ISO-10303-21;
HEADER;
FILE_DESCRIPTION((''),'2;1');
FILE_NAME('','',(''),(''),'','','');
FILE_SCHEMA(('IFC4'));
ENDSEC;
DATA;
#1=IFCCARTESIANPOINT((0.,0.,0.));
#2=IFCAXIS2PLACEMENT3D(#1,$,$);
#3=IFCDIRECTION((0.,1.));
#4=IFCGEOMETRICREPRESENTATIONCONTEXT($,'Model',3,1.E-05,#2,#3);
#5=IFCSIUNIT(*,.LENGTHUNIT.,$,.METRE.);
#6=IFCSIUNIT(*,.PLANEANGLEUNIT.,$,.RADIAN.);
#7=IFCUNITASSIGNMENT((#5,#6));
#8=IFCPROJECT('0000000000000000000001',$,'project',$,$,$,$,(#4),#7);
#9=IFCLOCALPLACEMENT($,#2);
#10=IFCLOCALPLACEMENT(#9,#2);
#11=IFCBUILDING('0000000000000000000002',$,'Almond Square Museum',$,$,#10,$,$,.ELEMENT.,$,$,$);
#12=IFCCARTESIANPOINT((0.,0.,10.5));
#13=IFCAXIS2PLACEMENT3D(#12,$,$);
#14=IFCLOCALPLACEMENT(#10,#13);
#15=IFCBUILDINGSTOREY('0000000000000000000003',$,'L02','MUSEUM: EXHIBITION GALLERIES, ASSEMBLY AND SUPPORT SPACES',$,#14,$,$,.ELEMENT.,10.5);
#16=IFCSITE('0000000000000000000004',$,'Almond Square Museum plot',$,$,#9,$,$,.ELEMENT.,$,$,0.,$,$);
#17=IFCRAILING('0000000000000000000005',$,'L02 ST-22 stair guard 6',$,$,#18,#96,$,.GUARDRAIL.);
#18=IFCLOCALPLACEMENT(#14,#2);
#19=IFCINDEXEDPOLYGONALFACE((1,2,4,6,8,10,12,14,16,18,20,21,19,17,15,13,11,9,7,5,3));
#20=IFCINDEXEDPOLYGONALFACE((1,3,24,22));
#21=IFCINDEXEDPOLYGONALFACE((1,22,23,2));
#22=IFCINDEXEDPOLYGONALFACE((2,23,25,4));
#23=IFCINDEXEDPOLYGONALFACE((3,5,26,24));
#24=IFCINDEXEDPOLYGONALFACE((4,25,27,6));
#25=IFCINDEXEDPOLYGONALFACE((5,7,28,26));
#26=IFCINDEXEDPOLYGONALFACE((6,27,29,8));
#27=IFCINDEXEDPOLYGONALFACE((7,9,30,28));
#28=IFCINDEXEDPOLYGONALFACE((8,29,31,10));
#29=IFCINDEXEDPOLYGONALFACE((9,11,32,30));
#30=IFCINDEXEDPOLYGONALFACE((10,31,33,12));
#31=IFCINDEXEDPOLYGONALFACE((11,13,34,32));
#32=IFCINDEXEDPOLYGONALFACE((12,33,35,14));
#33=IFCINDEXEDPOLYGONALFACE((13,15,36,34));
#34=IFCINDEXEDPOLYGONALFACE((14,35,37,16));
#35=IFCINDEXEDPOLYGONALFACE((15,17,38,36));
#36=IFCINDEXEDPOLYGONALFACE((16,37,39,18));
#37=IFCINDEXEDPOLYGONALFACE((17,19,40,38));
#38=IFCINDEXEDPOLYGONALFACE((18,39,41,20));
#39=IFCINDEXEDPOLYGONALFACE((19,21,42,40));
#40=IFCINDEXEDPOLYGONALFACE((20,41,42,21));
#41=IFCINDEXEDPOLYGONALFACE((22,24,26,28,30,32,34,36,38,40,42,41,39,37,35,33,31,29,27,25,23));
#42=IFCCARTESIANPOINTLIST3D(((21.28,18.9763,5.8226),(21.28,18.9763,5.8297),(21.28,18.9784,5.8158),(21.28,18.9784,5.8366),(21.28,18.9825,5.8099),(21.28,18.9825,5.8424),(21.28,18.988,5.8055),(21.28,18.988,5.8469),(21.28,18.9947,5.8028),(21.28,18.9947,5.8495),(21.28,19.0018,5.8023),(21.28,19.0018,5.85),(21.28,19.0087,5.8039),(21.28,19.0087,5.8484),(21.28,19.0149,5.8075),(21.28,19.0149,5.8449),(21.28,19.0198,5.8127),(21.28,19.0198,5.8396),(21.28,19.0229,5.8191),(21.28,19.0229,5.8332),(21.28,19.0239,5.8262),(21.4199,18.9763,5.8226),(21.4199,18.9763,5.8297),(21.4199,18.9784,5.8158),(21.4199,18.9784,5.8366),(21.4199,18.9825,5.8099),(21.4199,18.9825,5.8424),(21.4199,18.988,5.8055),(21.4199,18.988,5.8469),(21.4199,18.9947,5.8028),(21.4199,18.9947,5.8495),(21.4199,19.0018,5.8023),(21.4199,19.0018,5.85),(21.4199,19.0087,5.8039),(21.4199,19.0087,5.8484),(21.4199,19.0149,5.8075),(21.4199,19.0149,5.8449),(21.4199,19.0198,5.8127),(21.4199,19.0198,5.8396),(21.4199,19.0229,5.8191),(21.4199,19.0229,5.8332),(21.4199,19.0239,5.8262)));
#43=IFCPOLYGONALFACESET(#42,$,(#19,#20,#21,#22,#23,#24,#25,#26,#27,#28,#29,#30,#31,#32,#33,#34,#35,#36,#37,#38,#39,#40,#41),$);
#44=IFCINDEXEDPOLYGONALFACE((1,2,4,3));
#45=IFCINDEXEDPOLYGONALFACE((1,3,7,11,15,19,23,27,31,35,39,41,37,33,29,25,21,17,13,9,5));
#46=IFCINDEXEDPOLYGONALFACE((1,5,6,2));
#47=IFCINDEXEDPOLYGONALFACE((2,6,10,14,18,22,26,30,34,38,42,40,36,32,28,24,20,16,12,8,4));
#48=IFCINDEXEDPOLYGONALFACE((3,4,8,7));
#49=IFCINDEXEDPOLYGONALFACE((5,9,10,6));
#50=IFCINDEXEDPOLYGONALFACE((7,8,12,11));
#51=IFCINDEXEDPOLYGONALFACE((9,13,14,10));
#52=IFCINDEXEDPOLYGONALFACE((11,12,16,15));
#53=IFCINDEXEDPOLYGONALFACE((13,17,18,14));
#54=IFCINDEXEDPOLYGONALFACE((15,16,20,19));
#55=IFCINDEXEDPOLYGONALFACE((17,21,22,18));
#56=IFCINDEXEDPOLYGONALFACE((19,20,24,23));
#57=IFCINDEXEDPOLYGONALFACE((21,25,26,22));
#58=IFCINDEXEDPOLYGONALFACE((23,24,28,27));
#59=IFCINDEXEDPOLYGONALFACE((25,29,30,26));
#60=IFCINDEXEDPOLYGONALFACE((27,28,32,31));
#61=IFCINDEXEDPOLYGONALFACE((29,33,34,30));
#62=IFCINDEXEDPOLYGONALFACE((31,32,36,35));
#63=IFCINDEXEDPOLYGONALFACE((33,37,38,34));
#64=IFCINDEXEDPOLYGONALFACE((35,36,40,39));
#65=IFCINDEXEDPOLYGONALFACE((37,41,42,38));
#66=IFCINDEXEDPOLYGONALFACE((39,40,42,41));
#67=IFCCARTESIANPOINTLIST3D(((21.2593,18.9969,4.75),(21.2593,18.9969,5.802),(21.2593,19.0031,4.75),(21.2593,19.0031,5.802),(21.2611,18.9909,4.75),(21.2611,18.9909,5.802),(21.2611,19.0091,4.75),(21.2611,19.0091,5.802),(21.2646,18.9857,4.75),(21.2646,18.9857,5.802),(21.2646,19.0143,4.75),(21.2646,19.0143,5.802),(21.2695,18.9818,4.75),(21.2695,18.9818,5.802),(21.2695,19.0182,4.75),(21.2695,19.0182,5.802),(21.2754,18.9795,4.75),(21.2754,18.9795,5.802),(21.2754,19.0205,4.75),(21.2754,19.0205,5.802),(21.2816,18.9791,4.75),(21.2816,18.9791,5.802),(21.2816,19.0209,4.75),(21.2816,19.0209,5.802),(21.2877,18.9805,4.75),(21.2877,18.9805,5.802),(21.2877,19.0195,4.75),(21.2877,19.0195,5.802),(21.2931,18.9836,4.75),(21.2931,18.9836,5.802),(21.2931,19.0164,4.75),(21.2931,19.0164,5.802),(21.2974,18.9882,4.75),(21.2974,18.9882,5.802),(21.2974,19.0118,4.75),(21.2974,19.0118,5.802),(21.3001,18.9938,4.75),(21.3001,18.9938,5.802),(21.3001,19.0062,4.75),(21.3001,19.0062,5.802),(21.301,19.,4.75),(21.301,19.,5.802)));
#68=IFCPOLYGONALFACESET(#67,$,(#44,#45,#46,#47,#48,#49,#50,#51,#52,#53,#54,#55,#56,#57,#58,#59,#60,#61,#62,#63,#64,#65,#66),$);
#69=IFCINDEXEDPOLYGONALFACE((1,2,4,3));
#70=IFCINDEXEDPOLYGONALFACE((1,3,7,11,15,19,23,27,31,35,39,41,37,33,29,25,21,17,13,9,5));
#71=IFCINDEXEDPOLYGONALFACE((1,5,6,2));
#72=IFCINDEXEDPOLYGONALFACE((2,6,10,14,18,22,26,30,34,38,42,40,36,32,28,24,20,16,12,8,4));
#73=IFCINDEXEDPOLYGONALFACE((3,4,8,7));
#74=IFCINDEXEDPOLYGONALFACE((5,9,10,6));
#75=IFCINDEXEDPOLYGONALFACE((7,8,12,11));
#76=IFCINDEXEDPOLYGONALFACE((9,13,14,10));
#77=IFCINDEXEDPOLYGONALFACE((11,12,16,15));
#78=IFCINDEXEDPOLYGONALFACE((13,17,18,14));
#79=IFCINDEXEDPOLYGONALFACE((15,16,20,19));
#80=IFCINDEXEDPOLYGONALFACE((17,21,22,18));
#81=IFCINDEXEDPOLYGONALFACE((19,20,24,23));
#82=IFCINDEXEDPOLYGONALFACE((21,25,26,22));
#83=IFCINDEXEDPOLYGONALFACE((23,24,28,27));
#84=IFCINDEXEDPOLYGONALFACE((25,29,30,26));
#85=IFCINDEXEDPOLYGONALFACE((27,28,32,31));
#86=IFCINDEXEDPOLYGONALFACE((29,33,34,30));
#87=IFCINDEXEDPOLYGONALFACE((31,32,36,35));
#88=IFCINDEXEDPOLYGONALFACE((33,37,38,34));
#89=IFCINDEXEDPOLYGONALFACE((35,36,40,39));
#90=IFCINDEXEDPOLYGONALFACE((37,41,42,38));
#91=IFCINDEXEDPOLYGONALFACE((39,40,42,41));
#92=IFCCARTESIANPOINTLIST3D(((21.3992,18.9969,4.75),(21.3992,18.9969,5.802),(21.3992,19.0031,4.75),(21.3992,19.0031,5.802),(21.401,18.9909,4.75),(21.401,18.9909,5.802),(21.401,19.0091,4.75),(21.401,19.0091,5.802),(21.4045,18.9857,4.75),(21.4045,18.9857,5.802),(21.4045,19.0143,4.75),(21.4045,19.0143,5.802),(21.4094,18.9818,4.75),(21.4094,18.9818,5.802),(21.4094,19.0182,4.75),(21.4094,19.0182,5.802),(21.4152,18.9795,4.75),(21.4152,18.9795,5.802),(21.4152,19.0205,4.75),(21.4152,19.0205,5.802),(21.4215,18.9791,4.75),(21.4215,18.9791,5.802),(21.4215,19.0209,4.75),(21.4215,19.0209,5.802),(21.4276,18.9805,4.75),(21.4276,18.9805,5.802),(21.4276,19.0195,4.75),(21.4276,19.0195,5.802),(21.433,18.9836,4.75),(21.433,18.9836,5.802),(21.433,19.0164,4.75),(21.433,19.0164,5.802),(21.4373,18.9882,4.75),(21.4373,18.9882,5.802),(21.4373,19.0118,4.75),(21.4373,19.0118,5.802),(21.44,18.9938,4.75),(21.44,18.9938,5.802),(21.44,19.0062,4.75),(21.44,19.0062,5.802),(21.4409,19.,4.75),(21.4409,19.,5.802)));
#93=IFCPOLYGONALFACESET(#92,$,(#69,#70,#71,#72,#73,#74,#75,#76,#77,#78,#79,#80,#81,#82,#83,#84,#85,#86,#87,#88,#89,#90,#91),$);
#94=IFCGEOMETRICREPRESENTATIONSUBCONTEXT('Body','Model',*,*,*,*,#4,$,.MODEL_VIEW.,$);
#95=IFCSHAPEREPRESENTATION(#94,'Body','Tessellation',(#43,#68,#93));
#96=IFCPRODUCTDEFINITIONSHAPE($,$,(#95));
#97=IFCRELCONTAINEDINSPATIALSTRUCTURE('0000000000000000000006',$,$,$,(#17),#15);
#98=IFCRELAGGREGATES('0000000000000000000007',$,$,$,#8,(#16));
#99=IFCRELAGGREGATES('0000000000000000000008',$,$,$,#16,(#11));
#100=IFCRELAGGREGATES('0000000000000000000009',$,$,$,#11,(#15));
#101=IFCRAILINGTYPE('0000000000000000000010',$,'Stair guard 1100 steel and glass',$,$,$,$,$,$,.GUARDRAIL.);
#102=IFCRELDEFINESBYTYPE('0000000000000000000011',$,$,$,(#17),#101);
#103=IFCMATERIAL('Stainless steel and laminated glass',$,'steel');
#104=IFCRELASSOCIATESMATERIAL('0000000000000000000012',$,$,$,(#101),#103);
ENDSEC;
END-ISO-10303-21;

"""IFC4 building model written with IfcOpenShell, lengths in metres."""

from ifc_helpers import new_model, si_unit, direction, frame, origin, origin_2d, place, context, subcontext, project, spatial, circle, extrude, material, type_object, element, save


model = new_model("IFC4")

# Units and contexts
model_context = context("Model", 3, precision=1e-05, world=origin(), true_north=direction((0.0, 1.0)))
body_context = subcontext(model_context, "Body", "Model", "MODEL_VIEW")
ifc_project = project(units=[si_unit("LENGTHUNIT", "METRE"), si_unit("PLANEANGLEUNIT", "RADIAN")], contexts=[model_context])

# Site, building, storey
site_placement = place(None, origin())
site = spatial("IfcSite", under=ifc_project, at=site_placement, Name="Almond Square Museum plot", CompositionType="ELEMENT", RefElevation=0.0)
building_placement = place(site_placement, origin())
building = spatial("IfcBuilding", under=site, at=building_placement, Name="Almond Square Museum", CompositionType="ELEMENT")
storey_placement = place(building_placement, frame((0.0, 0.0, 10.5)))
storey = spatial("IfcBuildingStorey", under=building, at=storey_placement, Name="L02", Description="MUSEUM: EXHIBITION GALLERIES, ASSEMBLY AND SUPPORT SPACES", CompositionType="ELEMENT", Elevation=10.5)

# Railing
ifc_material_1 = material(Name="Stainless steel and laminated glass", Category="steel")
railing_type_1 = type_object("IfcRailingType", Name="Stair guard 1100 steel and glass", PredefinedType="GUARDRAIL", material=ifc_material_1)
railing_1_placement = place(storey_placement, frame((21.28, 19.0, 4.75)))
element("IfcRailing", 1, at=railing_1_placement, inside=storey, type_object=railing_type_1, Name="L02 ST-22 stair guard 6", PredefinedType="GUARDRAIL", context=body_context, shape_type="SweptSolid", body=[
    extrude(circle(Radius=0.0239, at=origin_2d()), frame((0.0, 0.0, 1.0762), z_axis=(1.0, 0.0, 0.0), x_axis=(0.0, 1.0, 0.0)), (0.0, 0.0, 1.0), 0.1399),
    extrude(circle(Radius=0.021, at=origin_2d()), origin(), (0.0, 0.0, 1.0), 1.052),
    extrude(circle(Radius=0.021, at=origin_2d()), frame((0.1399, 0.0, 0.0)), (0.0, 0.0, 1.0), 1.052),
])

save(model, "model.ifc")
